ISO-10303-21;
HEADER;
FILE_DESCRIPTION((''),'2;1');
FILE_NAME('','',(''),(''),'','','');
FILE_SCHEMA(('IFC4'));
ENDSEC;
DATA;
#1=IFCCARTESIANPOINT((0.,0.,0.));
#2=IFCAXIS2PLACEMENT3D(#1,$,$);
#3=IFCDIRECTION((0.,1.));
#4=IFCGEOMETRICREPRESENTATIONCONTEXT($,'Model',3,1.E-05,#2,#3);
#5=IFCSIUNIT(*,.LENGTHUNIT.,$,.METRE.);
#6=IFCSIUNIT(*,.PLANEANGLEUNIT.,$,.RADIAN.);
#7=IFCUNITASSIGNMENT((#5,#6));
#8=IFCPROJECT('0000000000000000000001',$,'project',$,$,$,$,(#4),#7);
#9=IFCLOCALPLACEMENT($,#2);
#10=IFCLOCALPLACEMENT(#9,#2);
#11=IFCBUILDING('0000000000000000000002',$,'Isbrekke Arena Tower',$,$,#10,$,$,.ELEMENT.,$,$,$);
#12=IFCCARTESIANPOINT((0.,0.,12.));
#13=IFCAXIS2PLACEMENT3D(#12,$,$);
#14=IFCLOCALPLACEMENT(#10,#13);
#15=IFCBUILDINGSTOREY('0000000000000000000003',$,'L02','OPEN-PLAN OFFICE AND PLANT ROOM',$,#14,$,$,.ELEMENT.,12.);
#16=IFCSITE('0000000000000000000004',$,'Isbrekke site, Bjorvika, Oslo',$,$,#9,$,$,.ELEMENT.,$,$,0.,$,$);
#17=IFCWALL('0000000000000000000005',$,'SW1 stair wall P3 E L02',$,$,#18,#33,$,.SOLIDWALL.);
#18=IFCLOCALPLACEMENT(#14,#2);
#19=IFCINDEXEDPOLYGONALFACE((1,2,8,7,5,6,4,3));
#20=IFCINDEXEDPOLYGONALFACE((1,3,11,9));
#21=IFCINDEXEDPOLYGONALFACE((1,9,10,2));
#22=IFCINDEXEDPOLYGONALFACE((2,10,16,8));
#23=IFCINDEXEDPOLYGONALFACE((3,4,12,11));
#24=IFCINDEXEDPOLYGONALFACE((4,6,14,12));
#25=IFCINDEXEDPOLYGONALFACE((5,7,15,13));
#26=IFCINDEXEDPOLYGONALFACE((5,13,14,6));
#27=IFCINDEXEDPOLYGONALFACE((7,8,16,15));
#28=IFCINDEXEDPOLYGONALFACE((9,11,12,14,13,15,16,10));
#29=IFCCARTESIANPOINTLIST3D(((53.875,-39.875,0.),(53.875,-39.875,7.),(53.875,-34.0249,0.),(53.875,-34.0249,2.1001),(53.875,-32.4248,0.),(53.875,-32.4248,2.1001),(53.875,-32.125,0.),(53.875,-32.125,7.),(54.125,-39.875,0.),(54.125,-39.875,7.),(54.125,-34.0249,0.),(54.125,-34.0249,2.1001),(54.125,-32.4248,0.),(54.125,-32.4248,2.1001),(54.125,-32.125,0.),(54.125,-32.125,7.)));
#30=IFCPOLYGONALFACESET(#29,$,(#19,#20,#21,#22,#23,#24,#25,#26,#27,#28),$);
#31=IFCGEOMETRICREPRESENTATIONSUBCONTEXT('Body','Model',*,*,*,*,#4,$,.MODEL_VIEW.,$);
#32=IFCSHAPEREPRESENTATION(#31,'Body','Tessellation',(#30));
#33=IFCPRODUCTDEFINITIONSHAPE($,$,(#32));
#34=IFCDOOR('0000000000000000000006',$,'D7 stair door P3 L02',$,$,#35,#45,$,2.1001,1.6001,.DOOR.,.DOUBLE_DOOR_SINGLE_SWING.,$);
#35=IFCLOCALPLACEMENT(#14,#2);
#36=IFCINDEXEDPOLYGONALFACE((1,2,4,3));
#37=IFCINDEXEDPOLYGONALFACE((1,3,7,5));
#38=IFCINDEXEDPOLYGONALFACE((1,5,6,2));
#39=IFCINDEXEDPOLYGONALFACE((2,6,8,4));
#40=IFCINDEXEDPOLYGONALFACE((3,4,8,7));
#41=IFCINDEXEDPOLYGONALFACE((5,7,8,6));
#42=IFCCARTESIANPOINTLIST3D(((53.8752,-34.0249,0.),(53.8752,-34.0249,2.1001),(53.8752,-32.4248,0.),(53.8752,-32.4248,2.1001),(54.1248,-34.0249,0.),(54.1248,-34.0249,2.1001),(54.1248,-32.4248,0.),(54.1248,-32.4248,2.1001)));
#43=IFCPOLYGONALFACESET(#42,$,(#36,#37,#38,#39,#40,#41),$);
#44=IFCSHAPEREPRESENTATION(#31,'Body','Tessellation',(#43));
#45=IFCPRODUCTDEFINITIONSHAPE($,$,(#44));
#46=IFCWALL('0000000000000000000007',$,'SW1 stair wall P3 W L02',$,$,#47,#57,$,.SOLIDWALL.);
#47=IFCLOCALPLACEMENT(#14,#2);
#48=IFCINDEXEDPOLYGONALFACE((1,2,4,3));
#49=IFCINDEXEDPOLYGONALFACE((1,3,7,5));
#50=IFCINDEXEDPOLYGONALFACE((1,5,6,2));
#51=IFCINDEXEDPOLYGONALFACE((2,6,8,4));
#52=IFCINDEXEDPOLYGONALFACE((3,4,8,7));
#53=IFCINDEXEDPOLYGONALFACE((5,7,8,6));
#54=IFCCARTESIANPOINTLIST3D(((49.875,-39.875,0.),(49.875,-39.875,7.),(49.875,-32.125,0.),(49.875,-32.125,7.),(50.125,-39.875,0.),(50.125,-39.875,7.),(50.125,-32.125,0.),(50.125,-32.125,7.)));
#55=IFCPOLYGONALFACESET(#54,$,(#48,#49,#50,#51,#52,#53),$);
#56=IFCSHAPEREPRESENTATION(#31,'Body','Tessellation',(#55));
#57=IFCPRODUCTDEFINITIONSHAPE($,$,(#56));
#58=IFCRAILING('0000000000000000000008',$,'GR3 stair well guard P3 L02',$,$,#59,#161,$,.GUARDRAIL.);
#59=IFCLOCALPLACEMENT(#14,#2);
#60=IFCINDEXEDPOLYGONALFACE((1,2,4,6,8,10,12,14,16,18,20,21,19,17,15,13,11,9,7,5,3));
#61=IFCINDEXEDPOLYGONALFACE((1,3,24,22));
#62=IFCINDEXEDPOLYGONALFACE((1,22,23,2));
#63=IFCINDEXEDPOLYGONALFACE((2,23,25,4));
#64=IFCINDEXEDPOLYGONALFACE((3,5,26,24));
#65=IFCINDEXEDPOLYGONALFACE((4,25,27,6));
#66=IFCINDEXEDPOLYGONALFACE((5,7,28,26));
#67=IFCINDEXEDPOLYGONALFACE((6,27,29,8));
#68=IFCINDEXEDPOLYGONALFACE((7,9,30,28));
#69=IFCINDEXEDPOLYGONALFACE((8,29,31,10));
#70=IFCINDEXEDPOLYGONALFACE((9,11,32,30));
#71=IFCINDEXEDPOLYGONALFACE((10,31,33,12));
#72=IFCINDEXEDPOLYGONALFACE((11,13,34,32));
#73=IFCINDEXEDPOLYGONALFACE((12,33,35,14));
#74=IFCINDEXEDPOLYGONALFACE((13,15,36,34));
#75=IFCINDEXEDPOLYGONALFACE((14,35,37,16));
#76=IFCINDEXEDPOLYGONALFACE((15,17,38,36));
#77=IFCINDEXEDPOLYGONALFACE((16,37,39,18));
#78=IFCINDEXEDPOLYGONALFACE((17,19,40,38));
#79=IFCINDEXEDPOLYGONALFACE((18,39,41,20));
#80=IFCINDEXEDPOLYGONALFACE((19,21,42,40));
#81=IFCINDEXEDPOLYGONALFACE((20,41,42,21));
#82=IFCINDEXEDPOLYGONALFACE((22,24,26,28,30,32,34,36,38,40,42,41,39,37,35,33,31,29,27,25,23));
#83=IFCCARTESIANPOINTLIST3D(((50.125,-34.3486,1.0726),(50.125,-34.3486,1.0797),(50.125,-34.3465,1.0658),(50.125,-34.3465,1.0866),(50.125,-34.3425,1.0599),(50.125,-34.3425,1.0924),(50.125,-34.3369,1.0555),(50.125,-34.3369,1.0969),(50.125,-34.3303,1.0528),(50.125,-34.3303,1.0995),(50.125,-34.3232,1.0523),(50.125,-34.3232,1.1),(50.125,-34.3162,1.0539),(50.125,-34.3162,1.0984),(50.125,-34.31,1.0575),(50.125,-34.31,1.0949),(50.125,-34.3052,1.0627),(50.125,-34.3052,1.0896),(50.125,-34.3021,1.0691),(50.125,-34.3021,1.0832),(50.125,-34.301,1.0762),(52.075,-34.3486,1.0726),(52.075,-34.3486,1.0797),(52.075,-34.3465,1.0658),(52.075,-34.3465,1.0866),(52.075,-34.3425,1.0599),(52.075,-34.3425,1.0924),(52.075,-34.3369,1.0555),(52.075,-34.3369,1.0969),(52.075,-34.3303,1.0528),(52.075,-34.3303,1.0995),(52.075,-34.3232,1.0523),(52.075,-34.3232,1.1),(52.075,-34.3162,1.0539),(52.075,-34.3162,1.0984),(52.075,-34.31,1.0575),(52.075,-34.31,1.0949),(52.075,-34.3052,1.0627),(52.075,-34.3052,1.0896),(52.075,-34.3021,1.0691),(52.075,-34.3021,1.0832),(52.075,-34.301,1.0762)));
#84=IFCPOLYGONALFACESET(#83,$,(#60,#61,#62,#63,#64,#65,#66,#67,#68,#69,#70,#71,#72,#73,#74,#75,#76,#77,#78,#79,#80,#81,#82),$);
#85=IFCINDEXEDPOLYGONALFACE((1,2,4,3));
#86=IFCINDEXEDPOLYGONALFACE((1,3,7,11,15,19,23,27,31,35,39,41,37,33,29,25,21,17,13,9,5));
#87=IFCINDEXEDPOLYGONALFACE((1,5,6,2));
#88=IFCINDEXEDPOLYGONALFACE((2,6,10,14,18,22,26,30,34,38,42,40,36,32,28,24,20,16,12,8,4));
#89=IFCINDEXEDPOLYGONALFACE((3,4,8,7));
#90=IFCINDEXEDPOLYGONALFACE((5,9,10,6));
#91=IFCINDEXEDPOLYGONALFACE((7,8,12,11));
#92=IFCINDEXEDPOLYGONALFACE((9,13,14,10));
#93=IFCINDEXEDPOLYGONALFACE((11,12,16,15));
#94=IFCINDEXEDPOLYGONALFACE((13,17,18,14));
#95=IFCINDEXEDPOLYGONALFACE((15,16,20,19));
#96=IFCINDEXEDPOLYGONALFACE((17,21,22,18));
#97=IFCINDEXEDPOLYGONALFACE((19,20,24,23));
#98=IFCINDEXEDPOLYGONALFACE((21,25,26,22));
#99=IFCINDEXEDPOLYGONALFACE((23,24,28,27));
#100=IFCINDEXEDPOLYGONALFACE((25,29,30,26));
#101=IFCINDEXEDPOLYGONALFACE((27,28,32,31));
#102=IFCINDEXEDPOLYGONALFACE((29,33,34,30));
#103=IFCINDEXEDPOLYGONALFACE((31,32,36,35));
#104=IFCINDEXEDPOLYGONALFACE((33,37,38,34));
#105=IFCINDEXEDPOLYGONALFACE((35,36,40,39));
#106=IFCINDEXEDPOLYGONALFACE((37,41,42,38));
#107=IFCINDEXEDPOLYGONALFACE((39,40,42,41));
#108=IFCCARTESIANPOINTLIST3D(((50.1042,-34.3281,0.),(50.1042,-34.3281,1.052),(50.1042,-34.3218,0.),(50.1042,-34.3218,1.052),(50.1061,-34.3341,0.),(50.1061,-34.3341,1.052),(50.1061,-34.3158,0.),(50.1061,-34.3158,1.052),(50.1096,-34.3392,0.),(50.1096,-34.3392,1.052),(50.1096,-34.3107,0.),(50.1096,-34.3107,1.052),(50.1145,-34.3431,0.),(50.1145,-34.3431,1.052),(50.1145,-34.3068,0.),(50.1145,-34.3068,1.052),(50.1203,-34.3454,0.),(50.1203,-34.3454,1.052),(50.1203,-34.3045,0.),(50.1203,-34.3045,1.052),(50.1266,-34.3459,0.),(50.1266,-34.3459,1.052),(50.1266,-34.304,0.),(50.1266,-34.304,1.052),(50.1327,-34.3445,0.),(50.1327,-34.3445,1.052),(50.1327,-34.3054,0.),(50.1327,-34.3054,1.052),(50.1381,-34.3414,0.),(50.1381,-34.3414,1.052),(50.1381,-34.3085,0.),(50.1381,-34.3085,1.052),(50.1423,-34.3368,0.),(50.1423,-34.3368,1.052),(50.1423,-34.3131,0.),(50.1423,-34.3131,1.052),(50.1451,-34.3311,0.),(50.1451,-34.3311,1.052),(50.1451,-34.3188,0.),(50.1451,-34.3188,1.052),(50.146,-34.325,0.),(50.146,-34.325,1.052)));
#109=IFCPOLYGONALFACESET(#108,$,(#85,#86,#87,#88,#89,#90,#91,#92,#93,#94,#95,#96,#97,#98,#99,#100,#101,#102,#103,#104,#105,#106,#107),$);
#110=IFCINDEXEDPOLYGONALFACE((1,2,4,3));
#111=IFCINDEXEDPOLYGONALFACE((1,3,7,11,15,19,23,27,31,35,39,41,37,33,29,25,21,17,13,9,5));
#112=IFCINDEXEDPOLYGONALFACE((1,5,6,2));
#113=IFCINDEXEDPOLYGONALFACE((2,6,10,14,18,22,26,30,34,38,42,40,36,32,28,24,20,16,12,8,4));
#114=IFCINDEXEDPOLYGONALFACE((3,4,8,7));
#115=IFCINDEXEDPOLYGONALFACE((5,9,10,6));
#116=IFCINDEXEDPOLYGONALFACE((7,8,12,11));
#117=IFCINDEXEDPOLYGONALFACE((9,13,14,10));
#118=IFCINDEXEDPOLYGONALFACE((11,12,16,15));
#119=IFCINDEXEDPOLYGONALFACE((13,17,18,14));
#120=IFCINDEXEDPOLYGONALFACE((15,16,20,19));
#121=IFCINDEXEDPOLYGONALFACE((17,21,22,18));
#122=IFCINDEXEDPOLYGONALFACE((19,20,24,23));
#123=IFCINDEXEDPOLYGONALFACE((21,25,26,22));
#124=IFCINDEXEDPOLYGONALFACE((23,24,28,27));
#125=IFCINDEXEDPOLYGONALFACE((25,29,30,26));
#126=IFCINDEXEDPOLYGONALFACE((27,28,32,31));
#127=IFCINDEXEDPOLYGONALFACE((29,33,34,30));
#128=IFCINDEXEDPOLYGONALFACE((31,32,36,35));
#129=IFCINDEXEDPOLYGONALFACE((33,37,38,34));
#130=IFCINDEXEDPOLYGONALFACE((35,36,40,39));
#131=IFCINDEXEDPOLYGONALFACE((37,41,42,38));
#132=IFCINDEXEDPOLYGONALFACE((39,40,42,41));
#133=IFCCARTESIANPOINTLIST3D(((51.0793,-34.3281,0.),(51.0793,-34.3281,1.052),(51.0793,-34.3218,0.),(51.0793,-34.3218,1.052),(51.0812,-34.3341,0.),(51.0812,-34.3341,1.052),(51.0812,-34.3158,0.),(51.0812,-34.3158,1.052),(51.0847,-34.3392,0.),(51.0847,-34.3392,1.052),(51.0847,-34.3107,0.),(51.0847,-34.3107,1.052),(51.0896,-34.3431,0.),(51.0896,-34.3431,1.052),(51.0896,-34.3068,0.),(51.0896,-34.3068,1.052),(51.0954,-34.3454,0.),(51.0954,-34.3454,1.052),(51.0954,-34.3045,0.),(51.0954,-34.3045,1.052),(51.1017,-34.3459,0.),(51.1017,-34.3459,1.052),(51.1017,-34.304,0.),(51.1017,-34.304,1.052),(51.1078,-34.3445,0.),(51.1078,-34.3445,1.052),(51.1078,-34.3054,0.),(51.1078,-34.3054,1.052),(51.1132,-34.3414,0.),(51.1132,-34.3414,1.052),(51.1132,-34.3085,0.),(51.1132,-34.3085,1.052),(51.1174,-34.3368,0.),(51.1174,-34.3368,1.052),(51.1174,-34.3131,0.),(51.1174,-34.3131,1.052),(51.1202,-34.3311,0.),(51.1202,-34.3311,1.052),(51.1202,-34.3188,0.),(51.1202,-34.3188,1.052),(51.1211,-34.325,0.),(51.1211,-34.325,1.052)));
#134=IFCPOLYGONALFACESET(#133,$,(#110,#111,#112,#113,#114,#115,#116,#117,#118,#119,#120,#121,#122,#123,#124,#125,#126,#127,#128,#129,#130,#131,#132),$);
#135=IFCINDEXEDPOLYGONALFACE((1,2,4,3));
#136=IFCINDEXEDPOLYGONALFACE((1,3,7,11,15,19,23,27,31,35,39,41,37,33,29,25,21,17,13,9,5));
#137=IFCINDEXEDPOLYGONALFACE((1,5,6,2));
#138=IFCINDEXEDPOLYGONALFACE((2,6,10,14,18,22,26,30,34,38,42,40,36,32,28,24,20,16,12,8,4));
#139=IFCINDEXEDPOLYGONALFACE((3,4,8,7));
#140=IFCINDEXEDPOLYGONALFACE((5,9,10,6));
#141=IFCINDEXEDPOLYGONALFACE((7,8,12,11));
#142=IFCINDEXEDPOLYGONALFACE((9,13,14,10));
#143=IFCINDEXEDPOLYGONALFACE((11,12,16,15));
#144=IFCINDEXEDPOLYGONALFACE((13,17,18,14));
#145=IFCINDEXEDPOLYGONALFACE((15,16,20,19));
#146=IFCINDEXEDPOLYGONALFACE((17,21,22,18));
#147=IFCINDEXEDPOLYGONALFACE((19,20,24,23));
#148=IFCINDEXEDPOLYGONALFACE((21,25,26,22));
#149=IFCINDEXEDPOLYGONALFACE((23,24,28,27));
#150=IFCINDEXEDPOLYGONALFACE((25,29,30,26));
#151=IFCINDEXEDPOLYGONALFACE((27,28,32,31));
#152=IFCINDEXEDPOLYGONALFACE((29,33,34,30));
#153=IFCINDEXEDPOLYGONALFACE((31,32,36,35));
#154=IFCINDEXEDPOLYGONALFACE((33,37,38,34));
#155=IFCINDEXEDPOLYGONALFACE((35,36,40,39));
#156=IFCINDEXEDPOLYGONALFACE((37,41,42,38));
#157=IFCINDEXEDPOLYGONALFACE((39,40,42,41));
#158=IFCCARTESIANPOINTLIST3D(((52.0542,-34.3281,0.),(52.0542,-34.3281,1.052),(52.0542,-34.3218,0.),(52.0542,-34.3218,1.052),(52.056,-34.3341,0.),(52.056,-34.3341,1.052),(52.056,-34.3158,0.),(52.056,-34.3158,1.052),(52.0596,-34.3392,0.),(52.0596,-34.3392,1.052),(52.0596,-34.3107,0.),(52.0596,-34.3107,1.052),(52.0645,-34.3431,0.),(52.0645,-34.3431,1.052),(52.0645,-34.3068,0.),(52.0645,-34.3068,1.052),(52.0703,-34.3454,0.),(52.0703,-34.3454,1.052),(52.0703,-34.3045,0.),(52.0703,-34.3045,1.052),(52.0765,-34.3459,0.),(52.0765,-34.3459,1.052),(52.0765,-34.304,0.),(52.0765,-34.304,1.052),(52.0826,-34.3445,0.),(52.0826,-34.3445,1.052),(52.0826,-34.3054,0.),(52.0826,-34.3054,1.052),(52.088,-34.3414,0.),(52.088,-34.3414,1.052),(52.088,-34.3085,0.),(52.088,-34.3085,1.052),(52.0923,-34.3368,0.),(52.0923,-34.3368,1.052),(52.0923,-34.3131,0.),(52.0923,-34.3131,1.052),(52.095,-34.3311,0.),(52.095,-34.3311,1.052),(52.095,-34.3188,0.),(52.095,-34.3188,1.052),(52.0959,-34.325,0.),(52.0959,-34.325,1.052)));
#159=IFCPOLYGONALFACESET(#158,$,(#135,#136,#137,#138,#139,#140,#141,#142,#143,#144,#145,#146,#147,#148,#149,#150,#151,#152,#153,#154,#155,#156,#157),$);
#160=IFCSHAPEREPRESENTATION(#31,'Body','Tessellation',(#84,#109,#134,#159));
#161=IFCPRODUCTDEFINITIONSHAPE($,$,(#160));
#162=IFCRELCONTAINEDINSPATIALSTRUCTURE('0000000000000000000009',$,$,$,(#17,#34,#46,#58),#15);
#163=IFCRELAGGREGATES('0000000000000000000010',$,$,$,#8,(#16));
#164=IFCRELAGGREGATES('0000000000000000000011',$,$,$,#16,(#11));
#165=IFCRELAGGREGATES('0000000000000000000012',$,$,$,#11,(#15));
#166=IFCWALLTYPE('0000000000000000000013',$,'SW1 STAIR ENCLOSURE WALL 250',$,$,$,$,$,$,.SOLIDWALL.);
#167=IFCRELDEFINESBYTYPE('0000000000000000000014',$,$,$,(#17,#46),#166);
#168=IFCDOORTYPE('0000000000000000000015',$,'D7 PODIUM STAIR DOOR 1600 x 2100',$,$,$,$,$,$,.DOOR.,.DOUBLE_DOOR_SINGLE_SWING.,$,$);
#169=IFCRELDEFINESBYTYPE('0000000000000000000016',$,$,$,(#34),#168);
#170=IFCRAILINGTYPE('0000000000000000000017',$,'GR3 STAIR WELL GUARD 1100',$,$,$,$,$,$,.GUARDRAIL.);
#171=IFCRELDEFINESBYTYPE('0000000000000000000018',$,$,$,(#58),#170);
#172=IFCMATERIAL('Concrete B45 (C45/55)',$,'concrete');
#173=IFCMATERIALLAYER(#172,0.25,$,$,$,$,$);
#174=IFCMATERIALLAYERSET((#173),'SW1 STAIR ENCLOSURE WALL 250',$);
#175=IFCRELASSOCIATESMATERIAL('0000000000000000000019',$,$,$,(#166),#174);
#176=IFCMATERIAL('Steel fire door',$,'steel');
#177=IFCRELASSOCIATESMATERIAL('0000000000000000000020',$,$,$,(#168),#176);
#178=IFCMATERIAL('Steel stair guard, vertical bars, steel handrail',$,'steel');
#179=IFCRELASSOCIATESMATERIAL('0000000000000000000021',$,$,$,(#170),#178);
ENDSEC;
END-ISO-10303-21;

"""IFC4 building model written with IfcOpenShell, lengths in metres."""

from ifc_helpers import new_model, si_unit, direction, frame, frame_2d, origin, origin_2d, place, context, subcontext, project, spatial, rectangle, circle, extrude, material, layer, layer_set, type_object, element, fill, save


model = new_model("IFC4")

# Units and contexts
model_context = context("Model", 3, precision=1e-05, world=origin(), true_north=direction((0.0, 1.0)))
body_context = subcontext(model_context, "Body", "Model", "MODEL_VIEW")
ifc_project = project(units=[si_unit("LENGTHUNIT", "METRE"), si_unit("PLANEANGLEUNIT", "RADIAN")], contexts=[model_context])

# Site, building, storey
site_placement = place(None, origin())
site = spatial("IfcSite", under=ifc_project, at=site_placement, Name="Isbrekke site, Bjorvika, Oslo", CompositionType="ELEMENT", RefElevation=0.0)
building_placement = place(site_placement, origin())
building = spatial("IfcBuilding", under=site, at=building_placement, Name="Isbrekke Arena Tower", CompositionType="ELEMENT")
storey_placement = place(building_placement, frame((0.0, 0.0, 12.0)))
storey = spatial("IfcBuildingStorey", under=building, at=storey_placement, Name="L02", Description="OPEN-PLAN OFFICE AND PLANT ROOM", CompositionType="ELEMENT", Elevation=12.0)

# Shared definitions
ifc_material_1 = material(Name="Concrete B45 (C45/55)", Category="concrete")
ifc_layer_1 = layer(ifc_material_1, 0.25)
ifc_layer_set_1 = layer_set([ifc_layer_1], Name="SW1 STAIR ENCLOSURE WALL 250")
wall_type_1 = type_object("IfcWallType", Name="SW1 STAIR ENCLOSURE WALL 250", PredefinedType="SOLIDWALL", material=ifc_layer_set_1)

# Wall, opening, door
wall_1_placement = place(storey_placement, frame((54.0, -39.875, 0.0), z_axis=(0.0, 0.0, 1.0), x_axis=(0.0, 1.0, 0.0)))
wall_1 = element("IfcWall", 1, at=wall_1_placement, inside=storey, type_object=wall_type_1, Name="SW1 stair wall P3 E L02", PredefinedType="SOLIDWALL", context=body_context, shape_type="SweptSolid", body=[
    extrude(rectangle(XDim=7.75, YDim=0.25, at=frame_2d((3.875, 0.0))), origin(), (0.0, 0.0, 1.0), 7.0),
])
opening_placement = place(wall_1_placement, frame((5.8501, 0.0, 0.0)))
opening = element("IfcOpeningElement", 2, at=opening_placement, cuts=wall_1, PredefinedType="OPENING", context=body_context, shape_type="SweptSolid", body=[
    extrude(rectangle(XDim=1.6001, YDim=2.1001, at=frame_2d((0.8, 1.05))), frame((0.0, 0.1399, 0.0), z_axis=(0.0, -1.0, 0.0), x_axis=(1.0, 0.0, 0.0)), (0.0, 0.0, 1.0), 0.2798),
])
ifc_material_2 = material(Name="Steel fire door", Category="steel")
door_type = type_object("IfcDoorType", Name="D7 PODIUM STAIR DOOR 1600 x 2100", OperationType="DOUBLE_DOOR_SINGLE_SWING", PredefinedType="DOOR", material=ifc_material_2)
door_placement = place(opening_placement, origin())
door = element("IfcDoor", 3, at=door_placement, inside=storey, type_object=door_type, Name="D7 stair door P3 L02", OperationType="DOUBLE_DOOR_SINGLE_SWING", OverallHeight=2.1001, OverallWidth=1.6001, PredefinedType="DOOR", context=body_context, shape_type="SweptSolid", body=[
    extrude(rectangle(XDim=1.6001, YDim=2.1001, at=frame_2d((0.8, 1.05))), frame((0.0, 0.1248, 0.0), z_axis=(0.0, -1.0, 0.0), x_axis=(1.0, 0.0, 0.0)), (0.0, 0.0, 1.0), 0.2495),
])
fill(opening, door)

# Wall
wall_2_placement = place(storey_placement, frame((50.0, -32.125, 0.0), z_axis=(0.0, 0.0, 1.0), x_axis=(0.0, -1.0, 0.0)))
element("IfcWall", 4, at=wall_2_placement, inside=storey, type_object=wall_type_1, Name="SW1 stair wall P3 W L02", PredefinedType="SOLIDWALL", context=body_context, shape_type="SweptSolid", body=[
    extrude(rectangle(XDim=7.75, YDim=0.25, at=frame_2d((3.875, 0.0))), origin(), (0.0, 0.0, 1.0), 7.0),
])

# Railing
ifc_material_3 = material(Name="Steel stair guard, vertical bars, steel handrail", Category="steel")
railing_type = type_object("IfcRailingType", Name="GR3 STAIR WELL GUARD 1100", PredefinedType="GUARDRAIL", material=ifc_material_3)
railing_placement = place(storey_placement, frame((50.125, -34.325, 0.0)))
element("IfcRailing", 5, at=railing_placement, inside=storey, type_object=railing_type, Name="GR3 stair well guard P3 L02", PredefinedType="GUARDRAIL", context=body_context, shape_type="SweptSolid", body=[
    extrude(circle(Radius=0.0239, at=origin_2d()), frame((0.0, 0.0, 1.0762), z_axis=(1.0, 0.0, 0.0), x_axis=(0.0, 1.0, 0.0)), (0.0, 0.0, 1.0), 1.95),
    extrude(circle(Radius=0.021, at=origin_2d()), origin(), (0.0, 0.0, 1.0), 1.052),
    extrude(circle(Radius=0.021, at=origin_2d()), frame((0.9751, 0.0, 0.0)), (0.0, 0.0, 1.0), 1.052),
    extrude(circle(Radius=0.021, at=origin_2d()), frame((1.95, 0.0, 0.0)), (0.0, 0.0, 1.0), 1.052),
])

save(model, "model.ifc")
